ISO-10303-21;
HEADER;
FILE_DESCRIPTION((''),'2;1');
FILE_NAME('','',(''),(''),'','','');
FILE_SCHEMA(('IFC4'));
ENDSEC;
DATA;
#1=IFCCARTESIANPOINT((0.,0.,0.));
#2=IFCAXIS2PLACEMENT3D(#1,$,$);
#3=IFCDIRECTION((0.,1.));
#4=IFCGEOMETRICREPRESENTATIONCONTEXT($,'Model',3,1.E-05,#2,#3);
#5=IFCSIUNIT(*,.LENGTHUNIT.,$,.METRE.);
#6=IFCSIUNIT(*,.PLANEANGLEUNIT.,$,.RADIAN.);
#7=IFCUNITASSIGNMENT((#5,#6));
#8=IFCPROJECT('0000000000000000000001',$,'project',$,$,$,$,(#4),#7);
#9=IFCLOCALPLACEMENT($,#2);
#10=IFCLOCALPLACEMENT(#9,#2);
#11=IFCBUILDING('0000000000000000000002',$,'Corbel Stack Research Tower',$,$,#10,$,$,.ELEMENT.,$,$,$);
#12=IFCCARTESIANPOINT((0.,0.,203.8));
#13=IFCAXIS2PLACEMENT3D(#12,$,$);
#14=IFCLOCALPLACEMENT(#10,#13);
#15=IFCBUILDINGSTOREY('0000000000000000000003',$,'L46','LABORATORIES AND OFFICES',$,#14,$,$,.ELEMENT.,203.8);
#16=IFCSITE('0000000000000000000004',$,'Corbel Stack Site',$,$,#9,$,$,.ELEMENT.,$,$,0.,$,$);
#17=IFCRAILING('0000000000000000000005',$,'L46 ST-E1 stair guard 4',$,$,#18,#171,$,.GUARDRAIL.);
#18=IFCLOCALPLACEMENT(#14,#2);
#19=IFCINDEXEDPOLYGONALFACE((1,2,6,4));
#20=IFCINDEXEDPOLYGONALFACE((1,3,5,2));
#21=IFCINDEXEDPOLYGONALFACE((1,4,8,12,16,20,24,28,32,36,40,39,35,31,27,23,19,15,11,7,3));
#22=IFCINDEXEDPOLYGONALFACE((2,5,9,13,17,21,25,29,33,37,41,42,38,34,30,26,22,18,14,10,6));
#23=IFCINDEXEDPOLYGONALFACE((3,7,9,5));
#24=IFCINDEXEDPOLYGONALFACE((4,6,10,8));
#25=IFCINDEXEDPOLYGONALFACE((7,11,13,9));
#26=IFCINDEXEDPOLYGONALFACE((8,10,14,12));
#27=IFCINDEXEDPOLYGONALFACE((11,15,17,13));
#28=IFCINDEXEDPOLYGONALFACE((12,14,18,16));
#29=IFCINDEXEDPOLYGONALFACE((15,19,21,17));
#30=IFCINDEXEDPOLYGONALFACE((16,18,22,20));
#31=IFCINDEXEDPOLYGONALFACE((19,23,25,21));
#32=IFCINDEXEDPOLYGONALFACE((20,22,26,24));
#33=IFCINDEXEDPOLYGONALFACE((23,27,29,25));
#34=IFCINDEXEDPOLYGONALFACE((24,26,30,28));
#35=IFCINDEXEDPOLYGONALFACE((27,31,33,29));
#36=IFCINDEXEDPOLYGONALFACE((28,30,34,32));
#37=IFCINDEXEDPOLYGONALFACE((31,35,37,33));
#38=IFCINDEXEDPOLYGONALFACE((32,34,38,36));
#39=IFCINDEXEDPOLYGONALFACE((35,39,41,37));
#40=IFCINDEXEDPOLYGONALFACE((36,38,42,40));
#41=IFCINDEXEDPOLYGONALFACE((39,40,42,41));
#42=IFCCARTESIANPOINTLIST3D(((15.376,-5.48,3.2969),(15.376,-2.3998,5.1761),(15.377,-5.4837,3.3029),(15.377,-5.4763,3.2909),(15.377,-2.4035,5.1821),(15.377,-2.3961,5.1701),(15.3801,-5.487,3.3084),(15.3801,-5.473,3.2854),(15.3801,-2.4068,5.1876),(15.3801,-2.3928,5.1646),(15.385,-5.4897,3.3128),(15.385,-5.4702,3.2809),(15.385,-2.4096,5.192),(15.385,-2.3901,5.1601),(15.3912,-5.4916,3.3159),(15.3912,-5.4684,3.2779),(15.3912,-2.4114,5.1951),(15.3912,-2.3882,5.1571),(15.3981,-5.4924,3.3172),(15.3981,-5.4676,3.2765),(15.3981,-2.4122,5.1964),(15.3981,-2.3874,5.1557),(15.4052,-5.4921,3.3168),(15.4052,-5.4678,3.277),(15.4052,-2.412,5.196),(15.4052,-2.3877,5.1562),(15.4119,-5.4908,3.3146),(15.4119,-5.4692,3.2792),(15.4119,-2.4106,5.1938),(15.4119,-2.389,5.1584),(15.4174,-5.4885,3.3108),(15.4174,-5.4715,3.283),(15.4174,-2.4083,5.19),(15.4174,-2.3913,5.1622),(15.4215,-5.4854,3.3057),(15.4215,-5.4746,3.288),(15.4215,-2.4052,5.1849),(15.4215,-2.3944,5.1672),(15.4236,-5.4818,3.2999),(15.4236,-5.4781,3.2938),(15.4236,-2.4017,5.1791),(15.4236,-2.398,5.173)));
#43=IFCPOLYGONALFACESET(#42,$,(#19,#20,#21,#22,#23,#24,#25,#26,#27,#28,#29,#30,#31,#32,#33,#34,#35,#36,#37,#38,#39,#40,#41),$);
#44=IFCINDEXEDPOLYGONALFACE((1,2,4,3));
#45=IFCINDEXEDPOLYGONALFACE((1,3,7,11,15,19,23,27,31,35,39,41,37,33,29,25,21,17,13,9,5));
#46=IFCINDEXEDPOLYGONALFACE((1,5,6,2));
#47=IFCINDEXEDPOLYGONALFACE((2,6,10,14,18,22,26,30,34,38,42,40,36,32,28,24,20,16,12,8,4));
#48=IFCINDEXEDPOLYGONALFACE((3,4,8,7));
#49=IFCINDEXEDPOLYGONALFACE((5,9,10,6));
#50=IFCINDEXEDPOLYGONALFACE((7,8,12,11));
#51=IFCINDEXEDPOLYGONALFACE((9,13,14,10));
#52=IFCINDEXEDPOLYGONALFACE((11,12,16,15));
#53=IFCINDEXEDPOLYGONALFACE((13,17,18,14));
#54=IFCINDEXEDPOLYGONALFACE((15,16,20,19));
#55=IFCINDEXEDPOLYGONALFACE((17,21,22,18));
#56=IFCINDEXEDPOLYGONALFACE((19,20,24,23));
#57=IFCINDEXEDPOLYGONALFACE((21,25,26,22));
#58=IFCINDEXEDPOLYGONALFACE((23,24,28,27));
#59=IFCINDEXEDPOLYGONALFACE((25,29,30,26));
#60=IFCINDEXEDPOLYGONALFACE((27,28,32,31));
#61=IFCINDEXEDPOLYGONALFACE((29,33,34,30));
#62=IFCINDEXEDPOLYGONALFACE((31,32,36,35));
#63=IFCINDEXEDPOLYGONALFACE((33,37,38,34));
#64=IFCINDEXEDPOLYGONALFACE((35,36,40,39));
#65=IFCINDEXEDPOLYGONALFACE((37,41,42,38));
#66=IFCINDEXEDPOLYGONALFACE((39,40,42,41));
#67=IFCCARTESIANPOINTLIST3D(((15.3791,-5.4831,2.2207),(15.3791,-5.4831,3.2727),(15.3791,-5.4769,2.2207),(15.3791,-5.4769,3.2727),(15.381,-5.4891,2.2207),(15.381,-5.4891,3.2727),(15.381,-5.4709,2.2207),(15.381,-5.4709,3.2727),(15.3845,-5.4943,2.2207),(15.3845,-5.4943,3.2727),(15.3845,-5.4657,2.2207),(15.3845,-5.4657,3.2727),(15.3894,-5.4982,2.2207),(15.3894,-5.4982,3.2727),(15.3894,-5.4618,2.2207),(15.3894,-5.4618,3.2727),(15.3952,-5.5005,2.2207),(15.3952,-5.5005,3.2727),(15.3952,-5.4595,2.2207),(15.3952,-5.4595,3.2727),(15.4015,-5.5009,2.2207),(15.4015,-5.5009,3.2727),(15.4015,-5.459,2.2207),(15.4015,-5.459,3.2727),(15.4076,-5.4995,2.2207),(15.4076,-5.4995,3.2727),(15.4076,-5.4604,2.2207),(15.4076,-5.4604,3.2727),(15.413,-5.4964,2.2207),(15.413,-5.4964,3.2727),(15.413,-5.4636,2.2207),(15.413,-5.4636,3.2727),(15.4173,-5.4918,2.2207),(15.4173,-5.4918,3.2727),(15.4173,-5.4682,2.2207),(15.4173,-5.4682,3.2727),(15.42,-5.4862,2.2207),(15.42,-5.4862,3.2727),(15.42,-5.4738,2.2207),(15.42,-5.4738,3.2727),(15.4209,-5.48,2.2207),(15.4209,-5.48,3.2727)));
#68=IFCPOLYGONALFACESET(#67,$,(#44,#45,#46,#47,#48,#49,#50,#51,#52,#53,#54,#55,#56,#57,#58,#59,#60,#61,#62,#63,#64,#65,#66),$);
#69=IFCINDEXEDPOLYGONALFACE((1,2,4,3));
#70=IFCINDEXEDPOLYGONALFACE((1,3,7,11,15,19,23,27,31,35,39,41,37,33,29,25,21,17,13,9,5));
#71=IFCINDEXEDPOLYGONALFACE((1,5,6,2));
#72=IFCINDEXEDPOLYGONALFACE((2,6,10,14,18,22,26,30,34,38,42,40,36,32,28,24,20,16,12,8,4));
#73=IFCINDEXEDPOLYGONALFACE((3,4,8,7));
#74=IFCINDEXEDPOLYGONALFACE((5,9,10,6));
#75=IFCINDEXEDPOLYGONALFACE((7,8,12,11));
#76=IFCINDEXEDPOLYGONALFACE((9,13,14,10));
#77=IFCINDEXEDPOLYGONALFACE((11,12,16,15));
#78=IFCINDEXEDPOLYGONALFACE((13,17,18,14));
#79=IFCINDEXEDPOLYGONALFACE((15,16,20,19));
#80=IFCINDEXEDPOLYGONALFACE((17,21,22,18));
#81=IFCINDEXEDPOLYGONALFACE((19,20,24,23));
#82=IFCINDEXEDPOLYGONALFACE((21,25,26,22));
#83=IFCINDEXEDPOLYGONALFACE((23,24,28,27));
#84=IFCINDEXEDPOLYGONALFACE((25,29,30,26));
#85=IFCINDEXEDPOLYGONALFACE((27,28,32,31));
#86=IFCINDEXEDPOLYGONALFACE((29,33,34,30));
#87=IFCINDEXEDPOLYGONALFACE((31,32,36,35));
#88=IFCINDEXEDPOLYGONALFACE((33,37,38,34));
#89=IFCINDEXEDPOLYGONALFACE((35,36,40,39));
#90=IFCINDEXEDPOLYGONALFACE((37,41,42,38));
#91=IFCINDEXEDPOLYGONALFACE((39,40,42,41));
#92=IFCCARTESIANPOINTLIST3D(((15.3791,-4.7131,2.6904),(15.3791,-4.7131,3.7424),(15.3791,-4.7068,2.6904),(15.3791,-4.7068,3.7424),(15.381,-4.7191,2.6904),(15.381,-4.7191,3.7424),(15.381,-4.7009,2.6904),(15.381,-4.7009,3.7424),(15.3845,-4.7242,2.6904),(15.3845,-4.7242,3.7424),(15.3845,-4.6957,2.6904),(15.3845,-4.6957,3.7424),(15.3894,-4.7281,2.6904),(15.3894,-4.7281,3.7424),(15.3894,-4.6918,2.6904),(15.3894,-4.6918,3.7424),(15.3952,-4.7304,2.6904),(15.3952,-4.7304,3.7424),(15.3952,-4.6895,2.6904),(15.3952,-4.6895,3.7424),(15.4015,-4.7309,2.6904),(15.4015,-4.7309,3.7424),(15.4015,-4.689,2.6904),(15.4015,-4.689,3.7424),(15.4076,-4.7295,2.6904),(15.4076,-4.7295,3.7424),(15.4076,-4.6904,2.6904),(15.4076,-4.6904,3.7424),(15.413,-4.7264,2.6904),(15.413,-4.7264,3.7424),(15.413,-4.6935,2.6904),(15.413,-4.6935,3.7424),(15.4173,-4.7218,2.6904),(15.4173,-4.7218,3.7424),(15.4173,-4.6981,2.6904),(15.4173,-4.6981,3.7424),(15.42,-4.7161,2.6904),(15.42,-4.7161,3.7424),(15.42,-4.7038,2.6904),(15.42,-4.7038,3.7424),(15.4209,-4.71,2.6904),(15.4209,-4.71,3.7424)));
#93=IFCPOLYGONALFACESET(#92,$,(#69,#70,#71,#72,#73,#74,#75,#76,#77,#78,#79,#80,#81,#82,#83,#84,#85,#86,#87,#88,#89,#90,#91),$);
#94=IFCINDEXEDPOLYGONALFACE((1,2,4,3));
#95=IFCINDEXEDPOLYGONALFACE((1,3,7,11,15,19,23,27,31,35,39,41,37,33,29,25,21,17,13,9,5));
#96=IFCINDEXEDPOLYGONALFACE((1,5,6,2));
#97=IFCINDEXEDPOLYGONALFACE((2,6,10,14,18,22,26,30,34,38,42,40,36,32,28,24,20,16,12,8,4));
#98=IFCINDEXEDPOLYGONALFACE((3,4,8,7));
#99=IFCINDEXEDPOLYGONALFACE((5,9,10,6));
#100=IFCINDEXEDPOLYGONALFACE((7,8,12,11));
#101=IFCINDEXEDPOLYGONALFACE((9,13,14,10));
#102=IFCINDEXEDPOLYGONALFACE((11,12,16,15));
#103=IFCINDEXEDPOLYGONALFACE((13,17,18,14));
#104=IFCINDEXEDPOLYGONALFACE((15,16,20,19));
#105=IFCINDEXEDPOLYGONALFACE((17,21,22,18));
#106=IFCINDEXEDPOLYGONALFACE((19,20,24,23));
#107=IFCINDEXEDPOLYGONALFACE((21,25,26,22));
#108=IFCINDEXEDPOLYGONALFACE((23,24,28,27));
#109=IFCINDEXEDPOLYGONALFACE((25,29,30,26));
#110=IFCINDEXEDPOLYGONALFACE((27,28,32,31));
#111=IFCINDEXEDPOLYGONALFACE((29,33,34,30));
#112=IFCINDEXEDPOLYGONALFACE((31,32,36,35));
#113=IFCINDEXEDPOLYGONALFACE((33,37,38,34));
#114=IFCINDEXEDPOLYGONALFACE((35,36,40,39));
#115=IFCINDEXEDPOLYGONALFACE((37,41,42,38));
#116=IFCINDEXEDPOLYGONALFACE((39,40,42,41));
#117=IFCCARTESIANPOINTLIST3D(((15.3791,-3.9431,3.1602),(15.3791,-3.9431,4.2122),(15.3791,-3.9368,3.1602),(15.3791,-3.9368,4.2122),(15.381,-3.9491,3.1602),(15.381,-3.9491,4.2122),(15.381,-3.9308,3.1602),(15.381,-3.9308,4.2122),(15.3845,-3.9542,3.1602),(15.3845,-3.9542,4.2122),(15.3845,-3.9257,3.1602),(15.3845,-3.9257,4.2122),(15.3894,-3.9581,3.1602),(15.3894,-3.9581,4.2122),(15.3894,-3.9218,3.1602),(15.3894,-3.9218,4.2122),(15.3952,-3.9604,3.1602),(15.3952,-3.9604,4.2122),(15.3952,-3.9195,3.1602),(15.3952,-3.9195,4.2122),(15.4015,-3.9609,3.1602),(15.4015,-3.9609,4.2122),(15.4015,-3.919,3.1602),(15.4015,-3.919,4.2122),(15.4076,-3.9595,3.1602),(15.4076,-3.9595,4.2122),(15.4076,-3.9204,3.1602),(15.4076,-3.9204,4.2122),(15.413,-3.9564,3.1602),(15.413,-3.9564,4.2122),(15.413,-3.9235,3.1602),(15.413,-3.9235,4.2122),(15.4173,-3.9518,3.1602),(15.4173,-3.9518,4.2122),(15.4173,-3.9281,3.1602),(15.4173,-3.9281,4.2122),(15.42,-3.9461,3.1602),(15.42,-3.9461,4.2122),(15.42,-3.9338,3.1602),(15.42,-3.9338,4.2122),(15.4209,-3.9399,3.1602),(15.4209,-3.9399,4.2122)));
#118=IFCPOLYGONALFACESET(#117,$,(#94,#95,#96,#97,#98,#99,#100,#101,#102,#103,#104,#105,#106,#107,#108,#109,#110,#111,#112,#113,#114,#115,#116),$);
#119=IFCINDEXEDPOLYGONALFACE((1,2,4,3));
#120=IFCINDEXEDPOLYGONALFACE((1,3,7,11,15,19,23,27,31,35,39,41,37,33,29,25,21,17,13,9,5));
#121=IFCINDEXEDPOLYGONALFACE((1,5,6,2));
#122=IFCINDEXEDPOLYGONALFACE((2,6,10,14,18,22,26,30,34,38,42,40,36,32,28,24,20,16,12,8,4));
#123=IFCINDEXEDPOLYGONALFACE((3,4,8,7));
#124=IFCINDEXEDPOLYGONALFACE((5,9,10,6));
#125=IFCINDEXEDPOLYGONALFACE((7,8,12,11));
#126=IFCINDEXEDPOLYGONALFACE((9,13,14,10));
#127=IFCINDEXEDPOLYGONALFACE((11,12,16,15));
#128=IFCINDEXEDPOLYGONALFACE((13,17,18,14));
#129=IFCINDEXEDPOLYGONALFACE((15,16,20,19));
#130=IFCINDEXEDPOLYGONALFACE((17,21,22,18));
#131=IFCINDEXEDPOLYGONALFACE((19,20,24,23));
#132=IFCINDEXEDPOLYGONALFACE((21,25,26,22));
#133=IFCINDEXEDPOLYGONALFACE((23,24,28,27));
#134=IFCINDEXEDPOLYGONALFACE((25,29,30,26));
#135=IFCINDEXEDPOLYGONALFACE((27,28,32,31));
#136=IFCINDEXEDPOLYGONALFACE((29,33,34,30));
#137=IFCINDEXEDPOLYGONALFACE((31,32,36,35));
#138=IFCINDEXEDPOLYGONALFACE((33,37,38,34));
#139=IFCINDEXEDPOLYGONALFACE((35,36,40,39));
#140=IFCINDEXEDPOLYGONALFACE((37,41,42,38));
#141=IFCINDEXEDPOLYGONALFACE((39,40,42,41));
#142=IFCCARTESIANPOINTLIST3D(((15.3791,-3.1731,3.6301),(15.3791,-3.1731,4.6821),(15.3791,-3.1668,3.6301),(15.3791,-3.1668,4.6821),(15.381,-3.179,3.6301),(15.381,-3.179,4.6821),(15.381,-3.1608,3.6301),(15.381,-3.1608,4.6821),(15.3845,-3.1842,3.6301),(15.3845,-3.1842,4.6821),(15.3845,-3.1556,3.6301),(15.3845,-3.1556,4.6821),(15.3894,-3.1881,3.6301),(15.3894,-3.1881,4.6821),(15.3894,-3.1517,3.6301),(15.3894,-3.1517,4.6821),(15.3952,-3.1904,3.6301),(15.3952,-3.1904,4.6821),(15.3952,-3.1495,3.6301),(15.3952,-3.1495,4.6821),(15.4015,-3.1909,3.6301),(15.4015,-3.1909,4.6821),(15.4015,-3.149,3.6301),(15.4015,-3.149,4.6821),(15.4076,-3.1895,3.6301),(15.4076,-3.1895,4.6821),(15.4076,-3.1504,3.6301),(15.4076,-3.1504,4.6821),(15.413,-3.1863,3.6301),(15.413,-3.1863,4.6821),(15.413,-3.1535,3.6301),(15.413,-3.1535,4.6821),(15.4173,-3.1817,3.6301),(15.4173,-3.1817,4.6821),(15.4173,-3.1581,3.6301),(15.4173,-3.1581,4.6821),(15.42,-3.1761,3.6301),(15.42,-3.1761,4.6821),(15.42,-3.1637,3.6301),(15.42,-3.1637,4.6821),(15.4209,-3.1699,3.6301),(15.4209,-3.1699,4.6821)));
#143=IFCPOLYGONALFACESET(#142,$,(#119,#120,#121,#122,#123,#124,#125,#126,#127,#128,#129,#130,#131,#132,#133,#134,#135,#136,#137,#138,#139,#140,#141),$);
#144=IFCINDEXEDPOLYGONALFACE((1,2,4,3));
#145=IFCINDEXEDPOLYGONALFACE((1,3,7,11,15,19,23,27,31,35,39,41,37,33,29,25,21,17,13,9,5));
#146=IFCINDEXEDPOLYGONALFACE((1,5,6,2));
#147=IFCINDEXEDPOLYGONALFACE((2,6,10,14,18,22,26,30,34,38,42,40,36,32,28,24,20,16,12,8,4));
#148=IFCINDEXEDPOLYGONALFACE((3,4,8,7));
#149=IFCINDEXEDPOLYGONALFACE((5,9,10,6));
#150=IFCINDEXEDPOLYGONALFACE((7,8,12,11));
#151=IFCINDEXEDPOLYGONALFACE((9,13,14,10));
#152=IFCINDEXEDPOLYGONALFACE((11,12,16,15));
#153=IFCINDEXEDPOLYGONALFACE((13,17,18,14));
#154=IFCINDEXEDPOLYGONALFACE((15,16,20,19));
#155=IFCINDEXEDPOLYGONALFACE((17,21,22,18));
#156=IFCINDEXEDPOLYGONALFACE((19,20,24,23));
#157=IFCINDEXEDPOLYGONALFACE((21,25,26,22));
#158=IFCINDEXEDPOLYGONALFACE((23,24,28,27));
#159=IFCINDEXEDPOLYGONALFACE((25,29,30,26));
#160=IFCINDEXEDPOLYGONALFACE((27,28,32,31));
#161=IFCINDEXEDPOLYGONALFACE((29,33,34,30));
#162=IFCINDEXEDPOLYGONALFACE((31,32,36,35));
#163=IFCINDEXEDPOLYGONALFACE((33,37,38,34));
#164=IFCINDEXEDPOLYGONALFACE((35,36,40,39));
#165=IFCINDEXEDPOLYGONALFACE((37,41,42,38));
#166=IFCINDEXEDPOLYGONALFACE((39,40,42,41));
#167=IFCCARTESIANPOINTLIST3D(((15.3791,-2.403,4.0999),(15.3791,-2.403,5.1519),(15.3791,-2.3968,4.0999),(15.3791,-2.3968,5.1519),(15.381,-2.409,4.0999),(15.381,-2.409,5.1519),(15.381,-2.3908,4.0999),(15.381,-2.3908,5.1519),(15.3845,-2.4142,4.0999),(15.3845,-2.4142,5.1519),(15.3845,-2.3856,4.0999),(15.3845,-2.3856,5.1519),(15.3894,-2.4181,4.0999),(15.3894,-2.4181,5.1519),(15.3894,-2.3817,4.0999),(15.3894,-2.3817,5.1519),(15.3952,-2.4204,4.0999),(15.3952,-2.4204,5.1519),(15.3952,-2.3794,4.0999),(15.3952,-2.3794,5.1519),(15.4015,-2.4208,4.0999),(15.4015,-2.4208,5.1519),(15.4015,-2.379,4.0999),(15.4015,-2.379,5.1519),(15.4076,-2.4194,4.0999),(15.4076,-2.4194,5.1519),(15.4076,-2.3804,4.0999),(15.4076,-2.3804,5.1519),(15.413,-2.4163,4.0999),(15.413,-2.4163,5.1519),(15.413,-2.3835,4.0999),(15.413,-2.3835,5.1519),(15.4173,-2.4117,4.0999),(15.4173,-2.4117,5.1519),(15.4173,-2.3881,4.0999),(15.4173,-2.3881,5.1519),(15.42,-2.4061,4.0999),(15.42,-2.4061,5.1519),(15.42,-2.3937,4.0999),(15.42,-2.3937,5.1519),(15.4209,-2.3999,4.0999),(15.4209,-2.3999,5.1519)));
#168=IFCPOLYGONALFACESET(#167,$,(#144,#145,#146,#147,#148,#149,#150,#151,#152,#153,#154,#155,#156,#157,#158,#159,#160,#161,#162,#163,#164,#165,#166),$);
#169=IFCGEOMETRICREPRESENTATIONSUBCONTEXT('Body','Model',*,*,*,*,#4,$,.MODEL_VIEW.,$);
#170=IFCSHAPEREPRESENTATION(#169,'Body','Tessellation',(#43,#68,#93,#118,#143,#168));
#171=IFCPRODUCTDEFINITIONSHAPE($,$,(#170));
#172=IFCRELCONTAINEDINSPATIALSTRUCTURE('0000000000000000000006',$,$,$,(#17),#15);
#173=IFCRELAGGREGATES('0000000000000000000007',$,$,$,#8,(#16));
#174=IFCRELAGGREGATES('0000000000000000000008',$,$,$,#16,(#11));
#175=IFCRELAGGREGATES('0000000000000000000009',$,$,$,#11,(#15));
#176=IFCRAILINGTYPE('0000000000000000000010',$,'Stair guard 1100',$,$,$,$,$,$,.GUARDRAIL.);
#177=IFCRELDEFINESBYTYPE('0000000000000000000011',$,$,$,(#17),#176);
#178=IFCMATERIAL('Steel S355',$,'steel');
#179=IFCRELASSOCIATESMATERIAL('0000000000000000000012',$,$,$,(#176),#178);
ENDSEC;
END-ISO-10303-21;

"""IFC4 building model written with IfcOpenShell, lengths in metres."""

from ifc_helpers import new_model, si_unit, direction, frame, origin, origin_2d, place, context, subcontext, project, spatial, circle, extrude, material, type_object, element, save


model = new_model("IFC4")

# Units and contexts
model_context = context("Model", 3, precision=1e-05, world=origin(), true_north=direction((0.0, 1.0)))
body_context = subcontext(model_context, "Body", "Model", "MODEL_VIEW")
ifc_project = project(units=[si_unit("LENGTHUNIT", "METRE"), si_unit("PLANEANGLEUNIT", "RADIAN")], contexts=[model_context])

# Site, building, storey
site_placement = place(None, origin())
site = spatial("IfcSite", under=ifc_project, at=site_placement, Name="Corbel Stack Site", CompositionType="ELEMENT", RefElevation=0.0)
building_placement = place(site_placement, origin())
building = spatial("IfcBuilding", under=site, at=building_placement, Name="Corbel Stack Research Tower", CompositionType="ELEMENT")
storey_placement = place(building_placement, frame((0.0, 0.0, 203.8)))
storey = spatial("IfcBuildingStorey", under=building, at=storey_placement, Name="L46", Description="LABORATORIES AND OFFICES", CompositionType="ELEMENT", Elevation=203.8)

# Railing
ifc_material_1 = material(Name="Steel S355", Category="steel")
railing_type_1 = type_object("IfcRailingType", Name="Stair guard 1100", PredefinedType="GUARDRAIL", material=ifc_material_1)
railing_1_placement = place(storey_placement, frame((15.3999, -5.48, 2.2207)))
element("IfcRailing", 1, at=railing_1_placement, inside=storey, type_object=railing_type_1, Name="L46 ST-E1 stair guard 4", PredefinedType="GUARDRAIL", context=body_context, shape_type="SweptSolid", body=[
    extrude(circle(Radius=0.0239, at=origin_2d()), frame((0.0, 0.0, 1.0762), z_axis=(0.0, 0.853666, 0.52082), x_axis=(-1.0, 0.0, 0.0)), (0.0, 0.0, 1.0), 3.6082),
    extrude(circle(Radius=0.021, at=origin_2d()), origin(), (0.0, 0.0, 1.0), 1.052),
    extrude(circle(Radius=0.021, at=origin_2d()), frame((0.0, 0.77, 0.4697)), (0.0, 0.0, 1.0), 1.052),
    extrude(circle(Radius=0.021, at=origin_2d()), frame((0.0, 1.54, 0.9395)), (0.0, 0.0, 1.0), 1.052),
    extrude(circle(Radius=0.021, at=origin_2d()), frame((0.0, 2.3101, 1.4094)), (0.0, 0.0, 1.0), 1.052),
    extrude(circle(Radius=0.021, at=origin_2d()), frame((0.0, 3.0801, 1.8792)), (0.0, 0.0, 1.0), 1.052),
])

save(model, "model.ifc")
